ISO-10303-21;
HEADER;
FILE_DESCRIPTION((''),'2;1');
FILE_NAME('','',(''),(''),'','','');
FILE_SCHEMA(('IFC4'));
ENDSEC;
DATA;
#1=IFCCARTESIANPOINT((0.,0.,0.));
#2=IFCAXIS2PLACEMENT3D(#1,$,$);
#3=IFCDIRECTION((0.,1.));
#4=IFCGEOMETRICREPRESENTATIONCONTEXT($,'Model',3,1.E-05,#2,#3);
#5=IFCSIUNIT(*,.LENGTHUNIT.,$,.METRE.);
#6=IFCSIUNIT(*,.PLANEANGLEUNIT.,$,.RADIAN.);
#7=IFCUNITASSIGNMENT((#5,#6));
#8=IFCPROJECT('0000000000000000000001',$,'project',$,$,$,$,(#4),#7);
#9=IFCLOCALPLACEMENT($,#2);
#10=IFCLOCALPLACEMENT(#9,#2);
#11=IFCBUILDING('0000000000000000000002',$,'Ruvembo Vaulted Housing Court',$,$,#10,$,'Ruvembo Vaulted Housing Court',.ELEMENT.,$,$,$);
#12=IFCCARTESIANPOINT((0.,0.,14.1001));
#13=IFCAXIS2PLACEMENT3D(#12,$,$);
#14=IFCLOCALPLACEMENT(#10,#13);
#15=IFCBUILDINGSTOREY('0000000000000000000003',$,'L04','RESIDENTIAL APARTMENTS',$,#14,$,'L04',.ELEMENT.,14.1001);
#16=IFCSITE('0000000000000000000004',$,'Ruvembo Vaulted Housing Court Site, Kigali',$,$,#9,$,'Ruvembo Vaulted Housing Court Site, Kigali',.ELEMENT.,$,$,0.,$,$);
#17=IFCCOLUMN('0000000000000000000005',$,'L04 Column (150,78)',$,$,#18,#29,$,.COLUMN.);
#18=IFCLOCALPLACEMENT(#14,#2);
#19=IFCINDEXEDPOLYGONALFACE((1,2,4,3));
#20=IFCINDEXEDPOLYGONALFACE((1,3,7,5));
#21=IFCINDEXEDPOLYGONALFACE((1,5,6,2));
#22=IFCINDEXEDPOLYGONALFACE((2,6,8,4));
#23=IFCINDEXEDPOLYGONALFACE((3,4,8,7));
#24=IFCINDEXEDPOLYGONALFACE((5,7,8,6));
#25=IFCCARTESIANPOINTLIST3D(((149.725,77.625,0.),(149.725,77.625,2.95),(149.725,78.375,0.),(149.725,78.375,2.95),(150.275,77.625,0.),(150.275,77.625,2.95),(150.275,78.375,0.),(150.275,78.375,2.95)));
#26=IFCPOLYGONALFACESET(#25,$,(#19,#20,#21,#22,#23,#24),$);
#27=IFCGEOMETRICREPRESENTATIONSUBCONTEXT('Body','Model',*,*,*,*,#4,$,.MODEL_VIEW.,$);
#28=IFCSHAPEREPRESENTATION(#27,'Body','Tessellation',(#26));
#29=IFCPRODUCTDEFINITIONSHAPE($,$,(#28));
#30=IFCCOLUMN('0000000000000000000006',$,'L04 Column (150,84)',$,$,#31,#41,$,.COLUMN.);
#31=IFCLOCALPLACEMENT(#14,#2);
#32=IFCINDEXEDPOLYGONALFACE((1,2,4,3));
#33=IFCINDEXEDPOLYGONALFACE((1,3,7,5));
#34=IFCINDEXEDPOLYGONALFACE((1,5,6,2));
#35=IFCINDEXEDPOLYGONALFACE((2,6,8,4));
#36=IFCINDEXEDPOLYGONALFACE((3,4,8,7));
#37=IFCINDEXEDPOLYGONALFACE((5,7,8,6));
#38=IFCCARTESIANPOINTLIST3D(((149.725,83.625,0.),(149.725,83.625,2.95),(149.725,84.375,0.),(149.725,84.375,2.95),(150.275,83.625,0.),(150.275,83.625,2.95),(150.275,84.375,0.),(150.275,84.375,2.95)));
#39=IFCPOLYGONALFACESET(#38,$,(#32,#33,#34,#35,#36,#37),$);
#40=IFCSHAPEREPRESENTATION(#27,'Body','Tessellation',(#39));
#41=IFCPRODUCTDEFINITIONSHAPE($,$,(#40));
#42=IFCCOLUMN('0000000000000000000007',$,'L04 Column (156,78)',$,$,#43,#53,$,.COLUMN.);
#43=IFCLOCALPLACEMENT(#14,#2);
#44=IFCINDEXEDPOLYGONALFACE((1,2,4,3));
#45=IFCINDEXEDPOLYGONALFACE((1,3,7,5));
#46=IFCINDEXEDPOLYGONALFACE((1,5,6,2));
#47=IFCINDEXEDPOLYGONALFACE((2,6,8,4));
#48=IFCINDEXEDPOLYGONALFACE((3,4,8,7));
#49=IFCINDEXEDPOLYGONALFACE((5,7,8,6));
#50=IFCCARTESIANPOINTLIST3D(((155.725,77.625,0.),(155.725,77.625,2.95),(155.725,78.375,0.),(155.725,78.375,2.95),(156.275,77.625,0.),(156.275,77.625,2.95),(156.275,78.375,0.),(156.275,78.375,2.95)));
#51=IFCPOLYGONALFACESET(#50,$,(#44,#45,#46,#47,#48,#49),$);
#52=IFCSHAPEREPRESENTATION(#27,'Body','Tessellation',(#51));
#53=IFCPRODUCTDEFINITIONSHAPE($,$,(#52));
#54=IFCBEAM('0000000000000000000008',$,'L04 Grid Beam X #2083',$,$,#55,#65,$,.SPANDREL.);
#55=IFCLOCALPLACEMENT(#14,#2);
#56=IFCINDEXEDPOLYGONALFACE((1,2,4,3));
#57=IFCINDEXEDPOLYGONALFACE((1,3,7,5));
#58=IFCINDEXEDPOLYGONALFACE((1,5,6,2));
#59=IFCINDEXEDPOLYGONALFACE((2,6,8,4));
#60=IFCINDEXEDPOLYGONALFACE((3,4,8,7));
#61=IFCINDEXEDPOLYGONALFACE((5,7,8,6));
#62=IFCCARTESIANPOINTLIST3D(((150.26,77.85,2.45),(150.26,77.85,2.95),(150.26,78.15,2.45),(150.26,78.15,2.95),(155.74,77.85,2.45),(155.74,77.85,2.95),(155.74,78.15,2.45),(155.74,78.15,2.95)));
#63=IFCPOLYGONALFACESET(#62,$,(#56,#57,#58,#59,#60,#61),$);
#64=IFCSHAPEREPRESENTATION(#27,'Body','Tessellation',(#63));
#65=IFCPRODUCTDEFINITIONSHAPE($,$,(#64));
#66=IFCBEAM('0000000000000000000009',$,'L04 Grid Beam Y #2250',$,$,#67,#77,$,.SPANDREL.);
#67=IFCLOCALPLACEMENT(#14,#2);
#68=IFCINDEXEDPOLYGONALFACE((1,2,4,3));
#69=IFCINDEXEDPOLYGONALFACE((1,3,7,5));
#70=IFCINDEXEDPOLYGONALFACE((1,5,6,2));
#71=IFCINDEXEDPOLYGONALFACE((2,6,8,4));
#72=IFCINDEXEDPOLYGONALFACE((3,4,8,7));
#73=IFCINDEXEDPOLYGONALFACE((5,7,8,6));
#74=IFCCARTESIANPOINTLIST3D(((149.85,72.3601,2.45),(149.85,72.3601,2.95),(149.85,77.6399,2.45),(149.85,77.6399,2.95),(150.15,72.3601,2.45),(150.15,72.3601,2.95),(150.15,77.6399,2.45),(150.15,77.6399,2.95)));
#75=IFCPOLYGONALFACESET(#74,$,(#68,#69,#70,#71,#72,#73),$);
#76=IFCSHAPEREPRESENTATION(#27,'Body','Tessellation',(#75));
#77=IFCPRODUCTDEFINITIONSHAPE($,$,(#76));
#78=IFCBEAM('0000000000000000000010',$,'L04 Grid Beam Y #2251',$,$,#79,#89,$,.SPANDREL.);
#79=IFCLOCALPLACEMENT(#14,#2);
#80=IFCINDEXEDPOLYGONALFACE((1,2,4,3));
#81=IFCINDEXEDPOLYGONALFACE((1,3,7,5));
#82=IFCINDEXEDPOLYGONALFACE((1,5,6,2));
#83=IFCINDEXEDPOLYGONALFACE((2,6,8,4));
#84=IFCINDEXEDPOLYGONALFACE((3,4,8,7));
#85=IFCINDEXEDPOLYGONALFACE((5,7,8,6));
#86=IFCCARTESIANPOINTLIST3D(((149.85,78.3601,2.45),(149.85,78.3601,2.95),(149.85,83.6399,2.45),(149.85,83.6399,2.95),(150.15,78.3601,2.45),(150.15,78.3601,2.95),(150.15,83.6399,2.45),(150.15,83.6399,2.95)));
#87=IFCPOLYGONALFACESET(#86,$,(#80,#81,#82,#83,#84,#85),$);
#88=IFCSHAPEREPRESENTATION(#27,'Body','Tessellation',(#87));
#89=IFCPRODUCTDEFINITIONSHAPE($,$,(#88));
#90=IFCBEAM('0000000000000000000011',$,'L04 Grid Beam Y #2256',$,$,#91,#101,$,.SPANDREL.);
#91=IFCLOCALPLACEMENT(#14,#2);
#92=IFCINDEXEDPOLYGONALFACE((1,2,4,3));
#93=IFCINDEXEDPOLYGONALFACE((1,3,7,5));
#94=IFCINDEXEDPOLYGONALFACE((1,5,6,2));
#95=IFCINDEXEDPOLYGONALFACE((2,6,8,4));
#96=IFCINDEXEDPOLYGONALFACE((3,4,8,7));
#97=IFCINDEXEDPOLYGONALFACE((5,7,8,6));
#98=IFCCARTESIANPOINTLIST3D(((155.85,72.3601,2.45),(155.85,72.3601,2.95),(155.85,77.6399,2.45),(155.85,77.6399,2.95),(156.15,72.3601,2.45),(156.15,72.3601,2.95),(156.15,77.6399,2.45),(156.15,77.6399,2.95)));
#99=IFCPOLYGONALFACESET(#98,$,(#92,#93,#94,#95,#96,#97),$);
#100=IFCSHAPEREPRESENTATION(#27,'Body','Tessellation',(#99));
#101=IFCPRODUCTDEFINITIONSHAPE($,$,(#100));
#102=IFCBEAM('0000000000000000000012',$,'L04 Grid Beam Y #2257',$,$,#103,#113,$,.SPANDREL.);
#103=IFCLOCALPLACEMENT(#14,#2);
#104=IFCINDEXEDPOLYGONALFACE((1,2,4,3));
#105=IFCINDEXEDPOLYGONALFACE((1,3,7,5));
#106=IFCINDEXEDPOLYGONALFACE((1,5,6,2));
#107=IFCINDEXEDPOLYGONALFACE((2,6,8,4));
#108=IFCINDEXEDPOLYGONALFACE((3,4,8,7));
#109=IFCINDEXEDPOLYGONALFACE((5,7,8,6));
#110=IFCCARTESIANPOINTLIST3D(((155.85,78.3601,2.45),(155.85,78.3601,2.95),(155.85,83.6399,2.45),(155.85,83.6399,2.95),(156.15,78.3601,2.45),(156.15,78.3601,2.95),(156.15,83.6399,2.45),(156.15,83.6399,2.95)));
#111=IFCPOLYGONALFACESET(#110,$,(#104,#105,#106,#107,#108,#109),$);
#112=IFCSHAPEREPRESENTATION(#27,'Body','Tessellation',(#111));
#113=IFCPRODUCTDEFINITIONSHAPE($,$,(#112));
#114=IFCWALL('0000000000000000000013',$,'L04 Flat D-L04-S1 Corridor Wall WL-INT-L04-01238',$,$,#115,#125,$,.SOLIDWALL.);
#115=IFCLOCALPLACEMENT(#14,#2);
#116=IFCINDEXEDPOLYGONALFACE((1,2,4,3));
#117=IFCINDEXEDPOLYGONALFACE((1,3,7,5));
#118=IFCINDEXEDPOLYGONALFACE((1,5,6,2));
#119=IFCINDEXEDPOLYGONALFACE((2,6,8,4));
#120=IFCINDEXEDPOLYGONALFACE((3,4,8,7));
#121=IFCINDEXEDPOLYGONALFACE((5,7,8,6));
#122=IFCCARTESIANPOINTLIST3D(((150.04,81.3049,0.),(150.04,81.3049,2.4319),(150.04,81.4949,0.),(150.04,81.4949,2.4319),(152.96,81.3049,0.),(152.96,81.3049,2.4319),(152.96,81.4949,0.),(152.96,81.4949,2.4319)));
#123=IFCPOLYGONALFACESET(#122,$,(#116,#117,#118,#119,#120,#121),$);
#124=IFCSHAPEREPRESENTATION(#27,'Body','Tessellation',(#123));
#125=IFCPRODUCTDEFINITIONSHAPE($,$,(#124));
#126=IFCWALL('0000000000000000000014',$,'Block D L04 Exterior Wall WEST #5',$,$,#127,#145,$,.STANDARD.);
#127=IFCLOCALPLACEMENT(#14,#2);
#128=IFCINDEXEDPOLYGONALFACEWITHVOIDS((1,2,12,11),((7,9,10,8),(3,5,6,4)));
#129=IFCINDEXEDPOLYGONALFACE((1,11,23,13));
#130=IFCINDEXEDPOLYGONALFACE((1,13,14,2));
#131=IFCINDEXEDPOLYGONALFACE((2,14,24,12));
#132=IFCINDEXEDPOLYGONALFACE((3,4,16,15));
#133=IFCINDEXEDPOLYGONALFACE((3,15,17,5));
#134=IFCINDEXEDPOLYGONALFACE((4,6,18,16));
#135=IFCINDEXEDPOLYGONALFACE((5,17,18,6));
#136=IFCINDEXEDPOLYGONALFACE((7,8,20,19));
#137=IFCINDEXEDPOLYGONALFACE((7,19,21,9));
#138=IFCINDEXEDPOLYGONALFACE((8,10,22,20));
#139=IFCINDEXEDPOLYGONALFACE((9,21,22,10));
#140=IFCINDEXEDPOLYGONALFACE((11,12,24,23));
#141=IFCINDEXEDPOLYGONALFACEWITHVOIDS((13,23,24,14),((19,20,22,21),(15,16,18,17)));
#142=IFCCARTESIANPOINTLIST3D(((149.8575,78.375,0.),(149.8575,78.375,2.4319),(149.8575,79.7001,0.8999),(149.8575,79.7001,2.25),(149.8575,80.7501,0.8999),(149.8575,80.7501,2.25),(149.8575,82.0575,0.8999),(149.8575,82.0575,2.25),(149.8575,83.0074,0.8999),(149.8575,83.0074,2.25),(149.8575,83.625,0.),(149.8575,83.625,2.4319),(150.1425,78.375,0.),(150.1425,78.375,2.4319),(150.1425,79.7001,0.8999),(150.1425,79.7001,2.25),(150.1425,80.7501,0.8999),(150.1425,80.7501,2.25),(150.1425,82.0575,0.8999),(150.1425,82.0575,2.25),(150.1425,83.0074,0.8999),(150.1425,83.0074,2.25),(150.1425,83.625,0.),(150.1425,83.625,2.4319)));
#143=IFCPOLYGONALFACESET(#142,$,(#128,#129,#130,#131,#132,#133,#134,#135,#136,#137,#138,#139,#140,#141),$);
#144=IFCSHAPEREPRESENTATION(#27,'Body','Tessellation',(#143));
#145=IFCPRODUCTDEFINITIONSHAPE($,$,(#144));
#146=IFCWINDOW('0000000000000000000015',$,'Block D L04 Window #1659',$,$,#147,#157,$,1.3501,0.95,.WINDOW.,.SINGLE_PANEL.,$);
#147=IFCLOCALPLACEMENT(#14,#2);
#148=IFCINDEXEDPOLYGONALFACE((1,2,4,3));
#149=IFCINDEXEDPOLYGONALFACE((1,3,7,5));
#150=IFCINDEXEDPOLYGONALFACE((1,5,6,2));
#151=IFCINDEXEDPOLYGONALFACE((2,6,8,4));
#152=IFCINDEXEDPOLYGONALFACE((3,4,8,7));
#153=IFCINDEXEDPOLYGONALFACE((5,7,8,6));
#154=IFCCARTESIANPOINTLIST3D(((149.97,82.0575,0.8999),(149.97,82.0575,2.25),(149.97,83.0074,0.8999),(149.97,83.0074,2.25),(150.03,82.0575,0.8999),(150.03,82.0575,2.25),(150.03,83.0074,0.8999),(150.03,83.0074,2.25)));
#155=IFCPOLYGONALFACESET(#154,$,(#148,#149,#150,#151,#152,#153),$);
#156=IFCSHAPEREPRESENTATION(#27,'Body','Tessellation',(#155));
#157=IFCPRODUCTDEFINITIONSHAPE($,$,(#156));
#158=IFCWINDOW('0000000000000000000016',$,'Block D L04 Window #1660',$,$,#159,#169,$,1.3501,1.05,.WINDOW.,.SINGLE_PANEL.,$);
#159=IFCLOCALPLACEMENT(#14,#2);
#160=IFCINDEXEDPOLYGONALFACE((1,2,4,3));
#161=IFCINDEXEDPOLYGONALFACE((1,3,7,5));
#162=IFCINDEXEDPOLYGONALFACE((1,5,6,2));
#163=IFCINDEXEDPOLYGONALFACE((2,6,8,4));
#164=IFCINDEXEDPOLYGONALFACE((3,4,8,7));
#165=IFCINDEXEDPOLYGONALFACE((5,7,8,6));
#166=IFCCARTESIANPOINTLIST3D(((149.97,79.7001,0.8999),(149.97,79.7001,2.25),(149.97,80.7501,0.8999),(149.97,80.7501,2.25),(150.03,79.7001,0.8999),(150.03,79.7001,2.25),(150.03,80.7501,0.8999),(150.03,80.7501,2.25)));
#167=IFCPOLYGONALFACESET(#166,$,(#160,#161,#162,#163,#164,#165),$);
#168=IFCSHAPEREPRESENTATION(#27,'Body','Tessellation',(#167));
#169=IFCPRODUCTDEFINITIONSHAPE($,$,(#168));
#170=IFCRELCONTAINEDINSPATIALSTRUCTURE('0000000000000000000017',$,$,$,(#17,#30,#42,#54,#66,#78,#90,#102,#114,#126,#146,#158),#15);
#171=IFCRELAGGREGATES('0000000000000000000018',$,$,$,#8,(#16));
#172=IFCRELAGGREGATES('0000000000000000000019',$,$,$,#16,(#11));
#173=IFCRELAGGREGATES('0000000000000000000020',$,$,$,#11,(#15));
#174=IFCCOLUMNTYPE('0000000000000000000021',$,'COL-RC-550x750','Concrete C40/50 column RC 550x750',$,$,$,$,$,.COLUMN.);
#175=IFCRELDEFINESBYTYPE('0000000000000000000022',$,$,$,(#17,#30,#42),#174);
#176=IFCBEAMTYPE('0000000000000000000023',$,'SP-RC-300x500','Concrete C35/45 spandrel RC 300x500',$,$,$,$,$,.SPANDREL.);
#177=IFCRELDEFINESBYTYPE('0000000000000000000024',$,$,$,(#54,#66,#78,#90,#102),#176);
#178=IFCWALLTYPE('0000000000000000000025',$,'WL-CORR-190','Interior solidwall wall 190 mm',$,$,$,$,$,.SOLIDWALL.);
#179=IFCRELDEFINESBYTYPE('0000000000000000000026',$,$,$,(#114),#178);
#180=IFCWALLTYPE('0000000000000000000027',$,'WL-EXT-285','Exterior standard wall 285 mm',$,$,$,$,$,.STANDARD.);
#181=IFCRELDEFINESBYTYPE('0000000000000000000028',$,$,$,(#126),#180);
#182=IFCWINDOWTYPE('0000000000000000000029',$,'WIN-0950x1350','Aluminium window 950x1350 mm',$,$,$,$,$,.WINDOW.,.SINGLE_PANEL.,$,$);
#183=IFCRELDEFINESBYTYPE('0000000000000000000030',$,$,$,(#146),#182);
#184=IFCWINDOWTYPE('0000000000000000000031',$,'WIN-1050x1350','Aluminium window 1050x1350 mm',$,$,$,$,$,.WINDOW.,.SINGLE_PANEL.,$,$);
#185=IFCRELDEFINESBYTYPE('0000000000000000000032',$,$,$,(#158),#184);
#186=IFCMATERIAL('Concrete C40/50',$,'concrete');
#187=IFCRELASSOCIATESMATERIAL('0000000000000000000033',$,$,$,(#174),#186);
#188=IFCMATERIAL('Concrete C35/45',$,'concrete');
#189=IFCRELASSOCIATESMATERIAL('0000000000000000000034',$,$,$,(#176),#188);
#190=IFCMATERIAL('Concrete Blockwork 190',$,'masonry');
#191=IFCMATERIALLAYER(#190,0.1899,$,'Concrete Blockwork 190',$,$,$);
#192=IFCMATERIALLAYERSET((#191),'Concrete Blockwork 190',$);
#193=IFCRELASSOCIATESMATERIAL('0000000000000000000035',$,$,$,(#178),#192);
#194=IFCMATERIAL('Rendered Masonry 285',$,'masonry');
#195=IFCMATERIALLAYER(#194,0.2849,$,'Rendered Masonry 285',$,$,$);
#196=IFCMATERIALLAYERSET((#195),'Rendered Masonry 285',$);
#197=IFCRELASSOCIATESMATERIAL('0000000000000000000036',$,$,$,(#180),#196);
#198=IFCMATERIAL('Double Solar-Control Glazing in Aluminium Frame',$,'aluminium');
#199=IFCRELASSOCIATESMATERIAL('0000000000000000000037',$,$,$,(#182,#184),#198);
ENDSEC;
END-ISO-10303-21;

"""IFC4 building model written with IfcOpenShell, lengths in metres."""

from ifc_helpers import new_model, si_unit, direction, frame, frame_2d, origin, origin_2d, place, context, subcontext, project, spatial, rectangle, extrude, material, layer, layer_set, material_profile, profile_set, type_object, element, fill, save


model = new_model("IFC4")

# Units and contexts
model_context = context("Model", 3, precision=1e-05, world=origin(), true_north=direction((0.0, 1.0)))
body_context = subcontext(model_context, "Body", "Model", "MODEL_VIEW")
ifc_project = project(units=[si_unit("LENGTHUNIT", "METRE"), si_unit("PLANEANGLEUNIT", "RADIAN")], contexts=[model_context])

# Site, building, storey
site_placement = place(None, origin())
site = spatial("IfcSite", under=ifc_project, at=site_placement, Name="Ruvembo Vaulted Housing Court Site, Kigali", LongName="Ruvembo Vaulted Housing Court Site, Kigali", CompositionType="ELEMENT", RefElevation=0.0)
building_placement = place(site_placement, origin())
building = spatial("IfcBuilding", under=site, at=building_placement, Name="Ruvembo Vaulted Housing Court", LongName="Ruvembo Vaulted Housing Court", CompositionType="ELEMENT")
storey_placement = place(building_placement, frame((0.0, 0.0, 14.1001)))
storey = spatial("IfcBuildingStorey", under=building, at=storey_placement, Name="L04", Description="RESIDENTIAL APARTMENTS", LongName="L04", CompositionType="ELEMENT", Elevation=14.1001)

# Columns
ifc_material_1 = material(Name="Concrete C40/50", Category="concrete")
ifc_material_profile_1 = material_profile(ifc_material_1, rectangle(XDim=0.55, YDim=0.75, at=origin_2d()), Name="RC 550x750")
ifc_profile_set_1 = profile_set([ifc_material_profile_1], Name="Concrete C40/50")
column_type = type_object("IfcColumnType", Name="COL-RC-550x750", Description="Concrete C40/50 column RC 550x750", PredefinedType="COLUMN", material=ifc_profile_set_1)
for number, where, z_axis, x_axis, name in (
    (1, (150.0, 78.0, 0.0), (0.0, 0.0, 1.0), (1.0, 0.0, 0.0), "L04 Column (150,78)"),
    (2, (150.0, 84.0, 0.0), (0.0, 0.0, 1.0), (1.0, 0.0, 0.0), "L04 Column (150,84)"),
    (3, (156.0, 78.0, 0.0), (0.0, 0.0, 1.0), (1.0, 0.0, 0.0), "L04 Column (156,78)"),
):
    element("IfcColumn", number, at=place(storey_placement, frame(where, z_axis=z_axis, x_axis=x_axis)), inside=storey, type_object=column_type, Name=name, PredefinedType="COLUMN", context=body_context, shape_type="SweptSolid", body=[
        extrude(rectangle(XDim=0.55, YDim=0.75, at=origin_2d()), origin(), (0.0, 0.0, 1.0), 2.95),
    ])

# Beams
ifc_material_2 = material(Name="Concrete C35/45", Category="concrete")
ifc_material_profile_2 = material_profile(ifc_material_2, rectangle(XDim=0.3, YDim=0.5, at=origin_2d()), Name="RC 300x500")
ifc_profile_set_2 = profile_set([ifc_material_profile_2], Name="Concrete C35/45")
beam_type = type_object("IfcBeamType", Name="SP-RC-300x500", Description="Concrete C35/45 spandrel RC 300x500", PredefinedType="SPANDREL", material=ifc_profile_set_2)
beam_placement = place(storey_placement, frame((150.26, 78.0, 2.7), z_axis=(1.0, 0.0, 0.0), x_axis=(0.0, 1.0, 0.0)))
element("IfcBeam", 4, at=beam_placement, inside=storey, type_object=beam_type, Name="L04 Grid Beam X #2083", PredefinedType="SPANDREL", context=body_context, shape_type="SweptSolid", body=[
    extrude(rectangle(XDim=0.3, YDim=0.5, at=origin_2d()), origin(), (0.0, 0.0, 1.0), 5.48),
])
for number, where, z_axis, x_axis, name in (
    (5, (150.0, 72.3601, 2.7), (0.0, 1.0, 0.0), (-1.0, 0.0, 0.0), "L04 Grid Beam Y #2250"),
    (6, (150.0, 78.3601, 2.7), (0.0, 1.0, 0.0), (-1.0, 0.0, 0.0), "L04 Grid Beam Y #2251"),
    (7, (156.0, 72.3601, 2.7), (0.0, 1.0, 0.0), (-1.0, 0.0, 0.0), "L04 Grid Beam Y #2256"),
    (8, (156.0, 78.3601, 2.7), (0.0, 1.0, 0.0), (-1.0, 0.0, 0.0), "L04 Grid Beam Y #2257"),
):
    element("IfcBeam", number, at=place(storey_placement, frame(where, z_axis=z_axis, x_axis=x_axis)), inside=storey, type_object=beam_type, Name=name, PredefinedType="SPANDREL", context=body_context, shape_type="SweptSolid", body=[
        extrude(rectangle(XDim=0.3, YDim=0.5, at=origin_2d()), origin(), (0.0, 0.0, 1.0), 5.2798),
    ])

# Wall
ifc_material_3 = material(Name="Concrete Blockwork 190", Category="masonry")
ifc_layer_1 = layer(ifc_material_3, 0.1899, Name="Concrete Blockwork 190")
ifc_layer_set_1 = layer_set([ifc_layer_1], Name="Concrete Blockwork 190")
wall_type_1 = type_object("IfcWallType", Name="WL-CORR-190", Description="Interior solidwall wall 190 mm", PredefinedType="SOLIDWALL", material=ifc_layer_set_1)
wall_1_placement = place(storey_placement, frame((150.04, 81.3999, 0.0), z_axis=(0.0, 0.0, 1.0), x_axis=(1.0, 0.0, 0.0)))
element("IfcWall", 9, at=wall_1_placement, inside=storey, type_object=wall_type_1, Name="L04 Flat D-L04-S1 Corridor Wall WL-INT-L04-01238", PredefinedType="SOLIDWALL", context=body_context, shape_type="SweptSolid", body=[
    extrude(rectangle(XDim=2.9199, YDim=0.1899, at=frame_2d((1.46, 0.0))), origin(), (0.0, 0.0, 1.0), 2.4319),
])

# Wall, openings, windows
ifc_material_4 = material(Name="Rendered Masonry 285", Category="masonry")
ifc_layer_2 = layer(ifc_material_4, 0.2849, Name="Rendered Masonry 285")
ifc_layer_set_2 = layer_set([ifc_layer_2], Name="Rendered Masonry 285")
wall_type_2 = type_object("IfcWallType", Name="WL-EXT-285", Description="Exterior standard wall 285 mm", PredefinedType="STANDARD", material=ifc_layer_set_2)
wall_2_placement = place(storey_placement, frame((150.0, 83.625, 0.0), z_axis=(0.0, 0.0, 1.0), x_axis=(0.0, -1.0, 0.0)))
wall_2 = element("IfcWall", 10, at=wall_2_placement, inside=storey, type_object=wall_type_2, Name="Block D L04 Exterior Wall WEST #5", PredefinedType="STANDARD", context=body_context, shape_type="SweptSolid", body=[
    extrude(rectangle(XDim=5.25, YDim=0.2849, at=frame_2d((2.625, 0.0))), origin(), (0.0, 0.0, 1.0), 2.4319),
])
opening_1_placement = place(wall_2_placement, frame((0.6174, 0.0, 0.8999)))
opening_1 = element("IfcOpeningElement", 11, at=opening_1_placement, cuts=wall_2, PredefinedType="OPENING", context=body_context, shape_type="SweptSolid", body=[
    extrude(rectangle(XDim=0.95, YDim=1.3501, at=frame_2d((0.4751, 0.675))), frame((0.0, 0.1523, 0.0), z_axis=(0.0, -1.0, 0.0), x_axis=(1.0, 0.0, 0.0)), (0.0, 0.0, 1.0), 0.3049),
])
opening_2_placement = place(wall_2_placement, frame((2.875, 0.0, 0.8999)))
opening_2 = element("IfcOpeningElement", 12, at=opening_2_placement, cuts=wall_2, PredefinedType="OPENING", context=body_context, shape_type="SweptSolid", body=[
    extrude(rectangle(XDim=1.05, YDim=1.3501, at=frame_2d((0.5249, 0.675))), frame((0.0, 0.1523, 0.0), z_axis=(0.0, -1.0, 0.0), x_axis=(1.0, 0.0, 0.0)), (0.0, 0.0, 1.0), 0.3049),
])
ifc_material_5 = material(Name="Double Solar-Control Glazing in Aluminium Frame", Category="aluminium")
window_type_1 = type_object("IfcWindowType", Name="WIN-0950x1350", Description="Aluminium window 950x1350 mm", PartitioningType="SINGLE_PANEL", PredefinedType="WINDOW", material=ifc_material_5)
window_1_placement = place(opening_1_placement, origin())
window_1 = element("IfcWindow", 13, at=window_1_placement, inside=storey, type_object=window_type_1, Name="Block D L04 Window #1659", OverallHeight=1.3501, OverallWidth=0.95, PartitioningType="SINGLE_PANEL", PredefinedType="WINDOW", context=body_context, shape_type="SweptSolid", body=[
    extrude(rectangle(XDim=0.95, YDim=1.3501, at=frame_2d((0.4751, 0.675))), frame((0.0, 0.03, 0.0), z_axis=(0.0, -1.0, 0.0), x_axis=(1.0, 0.0, 0.0)), (0.0, 0.0, 1.0), 0.0601),
])
fill(opening_1, window_1)
window_type_2 = type_object("IfcWindowType", Name="WIN-1050x1350", Description="Aluminium window 1050x1350 mm", PartitioningType="SINGLE_PANEL", PredefinedType="WINDOW", material=ifc_material_5)
window_2_placement = place(opening_2_placement, origin())
window_2 = element("IfcWindow", 14, at=window_2_placement, inside=storey, type_object=window_type_2, Name="Block D L04 Window #1660", OverallHeight=1.3501, OverallWidth=1.05, PartitioningType="SINGLE_PANEL", PredefinedType="WINDOW", context=body_context, shape_type="SweptSolid", body=[
    extrude(rectangle(XDim=1.05, YDim=1.3501, at=frame_2d((0.5249, 0.675))), frame((0.0, 0.03, 0.0), z_axis=(0.0, -1.0, 0.0), x_axis=(1.0, 0.0, 0.0)), (0.0, 0.0, 1.0), 0.0601),
])
fill(opening_2, window_2)

save(model, "model.ifc")
